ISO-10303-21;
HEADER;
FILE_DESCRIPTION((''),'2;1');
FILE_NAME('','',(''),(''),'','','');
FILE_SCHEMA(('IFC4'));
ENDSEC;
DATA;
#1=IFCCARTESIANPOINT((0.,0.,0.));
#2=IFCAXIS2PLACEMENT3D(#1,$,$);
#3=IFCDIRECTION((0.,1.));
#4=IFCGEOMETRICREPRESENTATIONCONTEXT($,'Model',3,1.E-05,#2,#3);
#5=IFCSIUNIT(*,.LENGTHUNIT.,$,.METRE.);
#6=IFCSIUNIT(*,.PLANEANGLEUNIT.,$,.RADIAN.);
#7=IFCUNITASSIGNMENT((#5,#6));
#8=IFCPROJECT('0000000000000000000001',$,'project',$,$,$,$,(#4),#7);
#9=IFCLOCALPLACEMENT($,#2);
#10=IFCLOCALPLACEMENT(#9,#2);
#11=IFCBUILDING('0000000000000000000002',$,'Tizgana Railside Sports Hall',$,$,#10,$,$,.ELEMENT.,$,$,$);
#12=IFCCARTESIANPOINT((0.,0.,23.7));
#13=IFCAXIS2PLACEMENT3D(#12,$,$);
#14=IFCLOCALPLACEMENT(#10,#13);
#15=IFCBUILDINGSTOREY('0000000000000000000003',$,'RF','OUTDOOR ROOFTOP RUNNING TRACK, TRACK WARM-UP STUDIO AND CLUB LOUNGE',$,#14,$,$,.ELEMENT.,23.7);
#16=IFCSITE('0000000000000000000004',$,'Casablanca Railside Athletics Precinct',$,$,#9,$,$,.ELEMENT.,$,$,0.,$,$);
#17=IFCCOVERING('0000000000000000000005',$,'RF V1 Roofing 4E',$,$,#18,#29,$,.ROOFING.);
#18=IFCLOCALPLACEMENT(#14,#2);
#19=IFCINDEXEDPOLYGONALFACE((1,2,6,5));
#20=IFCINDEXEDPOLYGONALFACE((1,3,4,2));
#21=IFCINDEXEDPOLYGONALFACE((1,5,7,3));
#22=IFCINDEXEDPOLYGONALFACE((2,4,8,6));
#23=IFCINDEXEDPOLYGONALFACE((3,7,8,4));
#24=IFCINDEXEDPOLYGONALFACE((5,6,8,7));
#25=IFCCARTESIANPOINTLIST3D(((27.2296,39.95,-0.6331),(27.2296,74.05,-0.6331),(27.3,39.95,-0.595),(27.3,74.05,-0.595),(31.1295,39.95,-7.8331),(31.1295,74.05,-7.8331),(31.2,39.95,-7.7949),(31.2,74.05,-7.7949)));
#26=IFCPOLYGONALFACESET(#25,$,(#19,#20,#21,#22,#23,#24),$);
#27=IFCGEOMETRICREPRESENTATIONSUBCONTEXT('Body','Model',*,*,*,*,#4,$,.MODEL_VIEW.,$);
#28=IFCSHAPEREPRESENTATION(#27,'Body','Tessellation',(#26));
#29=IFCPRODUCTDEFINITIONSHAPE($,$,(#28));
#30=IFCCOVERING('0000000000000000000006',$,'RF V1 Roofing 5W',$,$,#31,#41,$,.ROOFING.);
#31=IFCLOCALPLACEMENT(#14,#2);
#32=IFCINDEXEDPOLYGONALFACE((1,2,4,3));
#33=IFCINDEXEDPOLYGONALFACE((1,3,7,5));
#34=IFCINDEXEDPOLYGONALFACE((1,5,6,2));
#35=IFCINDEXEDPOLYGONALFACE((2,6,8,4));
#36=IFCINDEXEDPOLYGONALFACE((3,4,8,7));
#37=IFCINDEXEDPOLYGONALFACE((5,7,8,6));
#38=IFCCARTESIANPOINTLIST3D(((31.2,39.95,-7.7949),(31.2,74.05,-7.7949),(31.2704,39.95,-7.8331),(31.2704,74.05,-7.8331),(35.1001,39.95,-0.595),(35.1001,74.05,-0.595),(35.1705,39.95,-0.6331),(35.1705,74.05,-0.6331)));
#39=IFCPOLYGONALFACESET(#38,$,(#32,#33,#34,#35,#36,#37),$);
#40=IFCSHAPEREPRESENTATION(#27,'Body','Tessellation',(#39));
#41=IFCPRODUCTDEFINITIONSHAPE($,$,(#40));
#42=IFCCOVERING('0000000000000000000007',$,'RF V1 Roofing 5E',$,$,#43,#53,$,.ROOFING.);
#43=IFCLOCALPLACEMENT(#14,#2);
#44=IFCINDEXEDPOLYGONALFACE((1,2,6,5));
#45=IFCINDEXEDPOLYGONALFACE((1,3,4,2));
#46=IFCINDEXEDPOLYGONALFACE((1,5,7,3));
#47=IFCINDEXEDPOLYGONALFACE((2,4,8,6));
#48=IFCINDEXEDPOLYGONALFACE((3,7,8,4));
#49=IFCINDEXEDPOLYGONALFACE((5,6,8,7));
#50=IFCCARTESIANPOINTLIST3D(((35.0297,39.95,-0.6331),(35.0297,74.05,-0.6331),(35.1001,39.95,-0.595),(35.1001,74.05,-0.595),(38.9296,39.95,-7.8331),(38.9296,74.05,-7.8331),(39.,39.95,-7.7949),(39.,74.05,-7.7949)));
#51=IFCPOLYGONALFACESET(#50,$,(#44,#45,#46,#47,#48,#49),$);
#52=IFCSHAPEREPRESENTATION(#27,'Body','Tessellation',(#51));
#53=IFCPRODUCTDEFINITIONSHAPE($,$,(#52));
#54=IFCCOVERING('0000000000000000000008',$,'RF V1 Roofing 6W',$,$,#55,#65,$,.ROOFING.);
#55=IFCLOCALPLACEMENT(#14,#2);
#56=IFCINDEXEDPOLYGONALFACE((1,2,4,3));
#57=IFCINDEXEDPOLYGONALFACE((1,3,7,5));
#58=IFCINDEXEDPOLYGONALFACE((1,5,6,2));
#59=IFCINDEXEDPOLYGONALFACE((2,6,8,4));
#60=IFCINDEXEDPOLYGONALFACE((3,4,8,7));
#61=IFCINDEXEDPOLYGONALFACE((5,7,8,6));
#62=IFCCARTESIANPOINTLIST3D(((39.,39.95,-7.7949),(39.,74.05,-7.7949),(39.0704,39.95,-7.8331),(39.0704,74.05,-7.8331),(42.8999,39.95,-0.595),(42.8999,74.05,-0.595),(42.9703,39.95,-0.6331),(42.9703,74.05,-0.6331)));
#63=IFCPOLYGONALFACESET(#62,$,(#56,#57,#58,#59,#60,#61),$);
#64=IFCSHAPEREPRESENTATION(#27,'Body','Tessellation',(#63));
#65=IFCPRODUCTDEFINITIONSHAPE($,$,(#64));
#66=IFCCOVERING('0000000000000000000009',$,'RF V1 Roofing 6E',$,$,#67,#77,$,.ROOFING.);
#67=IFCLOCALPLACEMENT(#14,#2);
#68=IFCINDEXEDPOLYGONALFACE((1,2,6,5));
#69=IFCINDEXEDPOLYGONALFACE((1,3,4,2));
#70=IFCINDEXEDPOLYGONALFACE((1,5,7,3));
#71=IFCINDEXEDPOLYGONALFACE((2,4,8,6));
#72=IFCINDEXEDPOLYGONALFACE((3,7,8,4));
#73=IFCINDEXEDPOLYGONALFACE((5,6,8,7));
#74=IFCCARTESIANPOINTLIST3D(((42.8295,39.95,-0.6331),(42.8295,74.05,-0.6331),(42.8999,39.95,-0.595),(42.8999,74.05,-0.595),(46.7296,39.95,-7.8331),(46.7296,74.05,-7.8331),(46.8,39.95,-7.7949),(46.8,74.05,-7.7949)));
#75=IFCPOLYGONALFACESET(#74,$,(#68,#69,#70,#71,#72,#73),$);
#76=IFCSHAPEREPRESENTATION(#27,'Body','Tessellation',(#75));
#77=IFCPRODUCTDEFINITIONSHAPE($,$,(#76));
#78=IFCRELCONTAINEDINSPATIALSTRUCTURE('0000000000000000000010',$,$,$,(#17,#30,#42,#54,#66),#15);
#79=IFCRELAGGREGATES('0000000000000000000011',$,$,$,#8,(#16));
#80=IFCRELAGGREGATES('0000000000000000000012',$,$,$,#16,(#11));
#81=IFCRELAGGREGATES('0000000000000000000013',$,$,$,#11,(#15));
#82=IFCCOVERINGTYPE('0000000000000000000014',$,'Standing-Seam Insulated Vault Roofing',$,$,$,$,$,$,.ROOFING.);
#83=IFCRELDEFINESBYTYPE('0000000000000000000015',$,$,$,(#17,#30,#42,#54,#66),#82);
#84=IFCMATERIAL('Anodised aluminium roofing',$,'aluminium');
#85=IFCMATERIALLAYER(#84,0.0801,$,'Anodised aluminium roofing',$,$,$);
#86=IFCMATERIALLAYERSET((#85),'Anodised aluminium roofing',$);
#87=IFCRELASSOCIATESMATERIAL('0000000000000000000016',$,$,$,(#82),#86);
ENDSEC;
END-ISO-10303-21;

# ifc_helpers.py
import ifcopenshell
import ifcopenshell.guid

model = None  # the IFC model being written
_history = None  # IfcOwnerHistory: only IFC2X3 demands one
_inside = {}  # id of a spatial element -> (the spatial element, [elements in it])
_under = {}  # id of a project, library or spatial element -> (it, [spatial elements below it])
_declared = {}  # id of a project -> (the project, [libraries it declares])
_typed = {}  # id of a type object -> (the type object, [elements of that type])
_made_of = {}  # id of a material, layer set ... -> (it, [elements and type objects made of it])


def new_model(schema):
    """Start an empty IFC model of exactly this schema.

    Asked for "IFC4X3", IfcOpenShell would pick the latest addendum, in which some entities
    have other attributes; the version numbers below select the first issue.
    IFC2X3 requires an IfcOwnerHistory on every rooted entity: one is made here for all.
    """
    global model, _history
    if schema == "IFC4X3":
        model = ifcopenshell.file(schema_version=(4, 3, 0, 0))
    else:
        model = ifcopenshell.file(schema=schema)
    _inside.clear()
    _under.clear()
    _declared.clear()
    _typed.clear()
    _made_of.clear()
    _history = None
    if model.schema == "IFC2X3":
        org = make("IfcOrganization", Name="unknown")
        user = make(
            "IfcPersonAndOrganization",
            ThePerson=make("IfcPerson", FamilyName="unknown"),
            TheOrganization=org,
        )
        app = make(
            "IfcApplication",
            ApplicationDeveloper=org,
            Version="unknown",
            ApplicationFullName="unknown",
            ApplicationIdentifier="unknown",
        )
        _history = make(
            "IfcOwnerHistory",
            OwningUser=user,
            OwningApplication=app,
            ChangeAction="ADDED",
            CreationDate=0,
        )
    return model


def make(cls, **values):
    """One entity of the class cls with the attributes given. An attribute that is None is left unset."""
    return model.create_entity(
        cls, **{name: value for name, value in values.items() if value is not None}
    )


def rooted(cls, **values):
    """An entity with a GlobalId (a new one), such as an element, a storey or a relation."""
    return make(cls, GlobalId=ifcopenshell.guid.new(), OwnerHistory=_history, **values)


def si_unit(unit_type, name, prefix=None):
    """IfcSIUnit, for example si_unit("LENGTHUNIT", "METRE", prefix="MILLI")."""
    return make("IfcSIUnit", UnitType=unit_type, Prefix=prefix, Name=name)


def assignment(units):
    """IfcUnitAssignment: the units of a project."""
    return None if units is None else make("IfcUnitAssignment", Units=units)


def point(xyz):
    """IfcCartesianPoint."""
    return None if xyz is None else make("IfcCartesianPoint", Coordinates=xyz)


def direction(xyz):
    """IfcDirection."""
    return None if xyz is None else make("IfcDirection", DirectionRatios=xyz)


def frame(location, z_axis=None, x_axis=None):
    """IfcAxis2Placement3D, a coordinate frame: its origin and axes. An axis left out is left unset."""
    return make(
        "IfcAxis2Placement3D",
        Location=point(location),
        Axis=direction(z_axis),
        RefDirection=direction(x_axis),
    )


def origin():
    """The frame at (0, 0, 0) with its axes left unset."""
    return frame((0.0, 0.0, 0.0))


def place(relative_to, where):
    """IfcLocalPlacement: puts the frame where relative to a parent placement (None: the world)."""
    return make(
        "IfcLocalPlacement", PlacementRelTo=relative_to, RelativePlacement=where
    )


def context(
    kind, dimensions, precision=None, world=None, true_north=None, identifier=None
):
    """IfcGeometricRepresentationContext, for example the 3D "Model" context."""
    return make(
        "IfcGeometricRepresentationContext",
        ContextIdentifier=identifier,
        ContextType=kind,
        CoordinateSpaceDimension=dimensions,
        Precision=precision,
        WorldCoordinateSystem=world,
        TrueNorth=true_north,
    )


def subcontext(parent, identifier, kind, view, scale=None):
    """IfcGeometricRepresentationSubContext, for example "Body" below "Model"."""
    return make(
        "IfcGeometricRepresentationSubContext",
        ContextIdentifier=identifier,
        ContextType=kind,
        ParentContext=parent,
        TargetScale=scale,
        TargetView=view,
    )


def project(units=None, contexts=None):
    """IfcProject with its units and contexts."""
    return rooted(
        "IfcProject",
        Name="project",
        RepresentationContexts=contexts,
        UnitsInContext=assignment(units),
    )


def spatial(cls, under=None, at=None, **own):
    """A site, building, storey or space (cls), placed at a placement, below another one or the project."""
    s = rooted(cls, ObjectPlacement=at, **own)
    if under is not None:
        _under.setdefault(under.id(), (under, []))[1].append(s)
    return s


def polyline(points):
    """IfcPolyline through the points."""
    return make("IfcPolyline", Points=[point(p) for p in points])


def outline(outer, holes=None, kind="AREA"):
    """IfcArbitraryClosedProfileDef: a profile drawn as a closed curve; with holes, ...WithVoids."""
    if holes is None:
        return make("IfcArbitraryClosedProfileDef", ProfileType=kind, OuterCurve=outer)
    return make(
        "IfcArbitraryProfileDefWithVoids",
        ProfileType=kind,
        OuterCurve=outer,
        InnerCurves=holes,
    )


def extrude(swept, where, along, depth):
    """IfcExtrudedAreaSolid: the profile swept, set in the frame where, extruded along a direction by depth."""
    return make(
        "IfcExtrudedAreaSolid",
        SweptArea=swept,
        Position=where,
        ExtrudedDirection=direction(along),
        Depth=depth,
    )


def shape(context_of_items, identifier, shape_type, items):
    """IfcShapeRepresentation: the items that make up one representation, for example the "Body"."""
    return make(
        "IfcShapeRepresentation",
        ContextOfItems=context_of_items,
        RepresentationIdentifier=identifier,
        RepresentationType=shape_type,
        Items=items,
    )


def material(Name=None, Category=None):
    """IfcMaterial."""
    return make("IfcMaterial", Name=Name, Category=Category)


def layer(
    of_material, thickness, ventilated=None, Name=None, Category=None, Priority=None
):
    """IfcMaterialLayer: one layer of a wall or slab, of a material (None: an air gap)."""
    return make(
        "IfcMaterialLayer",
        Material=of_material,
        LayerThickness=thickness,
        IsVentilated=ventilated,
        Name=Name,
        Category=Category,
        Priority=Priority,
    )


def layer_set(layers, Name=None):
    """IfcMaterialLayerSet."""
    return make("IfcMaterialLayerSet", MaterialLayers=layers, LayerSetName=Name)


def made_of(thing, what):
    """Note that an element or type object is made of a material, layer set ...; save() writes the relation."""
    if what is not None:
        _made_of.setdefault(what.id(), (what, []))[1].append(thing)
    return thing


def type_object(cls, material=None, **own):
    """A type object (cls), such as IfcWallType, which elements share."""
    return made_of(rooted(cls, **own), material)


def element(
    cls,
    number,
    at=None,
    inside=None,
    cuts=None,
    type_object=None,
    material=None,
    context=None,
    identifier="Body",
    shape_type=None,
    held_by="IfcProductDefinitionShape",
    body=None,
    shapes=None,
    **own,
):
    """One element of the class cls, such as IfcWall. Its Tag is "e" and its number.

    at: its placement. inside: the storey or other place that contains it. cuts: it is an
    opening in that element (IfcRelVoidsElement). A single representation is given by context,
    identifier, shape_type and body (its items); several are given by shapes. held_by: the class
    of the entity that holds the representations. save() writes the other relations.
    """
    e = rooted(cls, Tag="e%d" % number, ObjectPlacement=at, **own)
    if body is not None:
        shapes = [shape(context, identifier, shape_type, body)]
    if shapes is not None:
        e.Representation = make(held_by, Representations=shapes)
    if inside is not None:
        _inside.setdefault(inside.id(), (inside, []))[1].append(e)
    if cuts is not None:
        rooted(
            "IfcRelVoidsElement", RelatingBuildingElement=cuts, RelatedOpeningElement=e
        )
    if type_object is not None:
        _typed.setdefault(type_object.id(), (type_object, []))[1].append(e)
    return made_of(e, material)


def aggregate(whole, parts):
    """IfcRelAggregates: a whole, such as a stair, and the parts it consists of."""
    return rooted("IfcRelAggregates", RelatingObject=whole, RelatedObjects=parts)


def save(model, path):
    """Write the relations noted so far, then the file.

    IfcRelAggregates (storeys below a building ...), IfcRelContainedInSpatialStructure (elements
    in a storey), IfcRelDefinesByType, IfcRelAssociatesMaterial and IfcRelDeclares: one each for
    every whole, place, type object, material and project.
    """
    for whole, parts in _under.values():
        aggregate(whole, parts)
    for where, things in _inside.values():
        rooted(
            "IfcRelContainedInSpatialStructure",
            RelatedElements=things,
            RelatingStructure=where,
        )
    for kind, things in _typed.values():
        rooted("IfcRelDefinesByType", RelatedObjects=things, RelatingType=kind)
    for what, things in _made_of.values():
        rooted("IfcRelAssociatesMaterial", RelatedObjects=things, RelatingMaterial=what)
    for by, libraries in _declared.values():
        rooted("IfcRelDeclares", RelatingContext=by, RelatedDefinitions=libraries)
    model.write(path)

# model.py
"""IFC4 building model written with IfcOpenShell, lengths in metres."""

from ifc_helpers import new_model, si_unit, direction, frame, origin, place, context, subcontext, project, spatial, polyline, outline, extrude, material, layer, layer_set, type_object, element, save


model = new_model("IFC4")

# Units and contexts
model_context = context("Model", 3, precision=1e-05, world=origin(), true_north=direction((0.0, 1.0)))
body_context = subcontext(model_context, "Body", "Model", "MODEL_VIEW")
ifc_project = project(units=[si_unit("LENGTHUNIT", "METRE"), si_unit("PLANEANGLEUNIT", "RADIAN")], contexts=[model_context])

# Site, building, storey
site_placement = place(None, origin())
site = spatial("IfcSite", under=ifc_project, at=site_placement, Name="Casablanca Railside Athletics Precinct", CompositionType="ELEMENT", RefElevation=0.0)
building_placement = place(site_placement, origin())
building = spatial("IfcBuilding", under=site, at=building_placement, Name="Tizgana Railside Sports Hall", CompositionType="ELEMENT")
storey_placement = place(building_placement, frame((0.0, 0.0, 23.7)))
storey = spatial("IfcBuildingStorey", under=building, at=storey_placement, Name="RF", Description="OUTDOOR ROOFTOP RUNNING TRACK, TRACK WARM-UP STUDIO AND CLUB LOUNGE", CompositionType="ELEMENT", Elevation=23.7)

# Coverings
ifc_material_1 = material(Name="Anodised aluminium roofing", Category="aluminium")
ifc_layer_1 = layer(ifc_material_1, 0.0801, Name="Anodised aluminium roofing")
ifc_layer_set_1 = layer_set([ifc_layer_1], Name="Anodised aluminium roofing")
covering_type_1 = type_object("IfcCoveringType", Name="Standing-Seam Insulated Vault Roofing", PredefinedType="ROOFING", material=ifc_layer_set_1)
covering_1_placement = place(storey_placement, frame((27.3, 39.95, -0.595), z_axis=(0.879296, 0.0, 0.476276), x_axis=(0.476276, 0.0, -0.879296)))
element("IfcCovering", 1, at=covering_1_placement, inside=storey, type_object=covering_type_1, Name="RF V1 Roofing 4E", PredefinedType="ROOFING", context=body_context, shape_type="SweptSolid", body=[
    extrude(outline(polyline([(0.0, 0.0), (8.1883, 0.0), (8.1883, 34.1001), (0.0, 34.1001), (0.0, 0.0)])), origin(), (0.0, 0.0, -1.0), 0.0801),
])
covering_2_placement = place(storey_placement, frame((31.2, 39.95, -7.7949), z_axis=(-0.879283, 0.0, 0.476299), x_axis=(0.476299, 0.0, 0.879283)))
element("IfcCovering", 2, at=covering_2_placement, inside=storey, type_object=covering_type_1, Name="RF V1 Roofing 5W", PredefinedType="ROOFING", context=body_context, shape_type="SweptSolid", body=[
    extrude(outline(polyline([(0.0, 0.0), (8.1884, 0.0), (8.1884, 34.1001), (0.0, 34.1001), (0.0, 0.0)])), origin(), (0.0, 0.0, -1.0), 0.0801),
])
for number, where, z_axis, x_axis, name in (
    (3, (35.1001, 39.95, -0.595), (0.879296, 0.0, 0.476276), (0.476276, 0.0, -0.879296), "RF V1 Roofing 5E"),
    (4, (39.0, 39.95, -7.7949), (-0.879296, 0.0, 0.476276), (0.476276, 0.0, 0.879296), "RF V1 Roofing 6W"),
):
    element("IfcCovering", number, at=place(storey_placement, frame(where, z_axis=z_axis, x_axis=x_axis)), inside=storey, type_object=covering_type_1, Name=name, PredefinedType="ROOFING", context=body_context, shape_type="SweptSolid", body=[
        extrude(outline(polyline([(0.0, 0.0), (8.1883, 0.0), (8.1883, 34.1001), (0.0, 34.1001), (0.0, 0.0)])), origin(), (0.0, 0.0, -1.0), 0.0801),
    ])
covering_3_placement = place(storey_placement, frame((42.8999, 39.95, -0.595), z_axis=(0.879283, 0.0, 0.476299), x_axis=(0.476299, 0.0, -0.879283)))
element("IfcCovering", 5, at=covering_3_placement, inside=storey, type_object=covering_type_1, Name="RF V1 Roofing 6E", PredefinedType="ROOFING", context=body_context, shape_type="SweptSolid", body=[
    extrude(outline(polyline([(0.0, 0.0), (8.1884, 0.0), (8.1884, 34.1001), (0.0, 34.1001), (0.0, 0.0)])), origin(), (0.0, 0.0, -1.0), 0.0801),
])

save(model, "model.ifc")
